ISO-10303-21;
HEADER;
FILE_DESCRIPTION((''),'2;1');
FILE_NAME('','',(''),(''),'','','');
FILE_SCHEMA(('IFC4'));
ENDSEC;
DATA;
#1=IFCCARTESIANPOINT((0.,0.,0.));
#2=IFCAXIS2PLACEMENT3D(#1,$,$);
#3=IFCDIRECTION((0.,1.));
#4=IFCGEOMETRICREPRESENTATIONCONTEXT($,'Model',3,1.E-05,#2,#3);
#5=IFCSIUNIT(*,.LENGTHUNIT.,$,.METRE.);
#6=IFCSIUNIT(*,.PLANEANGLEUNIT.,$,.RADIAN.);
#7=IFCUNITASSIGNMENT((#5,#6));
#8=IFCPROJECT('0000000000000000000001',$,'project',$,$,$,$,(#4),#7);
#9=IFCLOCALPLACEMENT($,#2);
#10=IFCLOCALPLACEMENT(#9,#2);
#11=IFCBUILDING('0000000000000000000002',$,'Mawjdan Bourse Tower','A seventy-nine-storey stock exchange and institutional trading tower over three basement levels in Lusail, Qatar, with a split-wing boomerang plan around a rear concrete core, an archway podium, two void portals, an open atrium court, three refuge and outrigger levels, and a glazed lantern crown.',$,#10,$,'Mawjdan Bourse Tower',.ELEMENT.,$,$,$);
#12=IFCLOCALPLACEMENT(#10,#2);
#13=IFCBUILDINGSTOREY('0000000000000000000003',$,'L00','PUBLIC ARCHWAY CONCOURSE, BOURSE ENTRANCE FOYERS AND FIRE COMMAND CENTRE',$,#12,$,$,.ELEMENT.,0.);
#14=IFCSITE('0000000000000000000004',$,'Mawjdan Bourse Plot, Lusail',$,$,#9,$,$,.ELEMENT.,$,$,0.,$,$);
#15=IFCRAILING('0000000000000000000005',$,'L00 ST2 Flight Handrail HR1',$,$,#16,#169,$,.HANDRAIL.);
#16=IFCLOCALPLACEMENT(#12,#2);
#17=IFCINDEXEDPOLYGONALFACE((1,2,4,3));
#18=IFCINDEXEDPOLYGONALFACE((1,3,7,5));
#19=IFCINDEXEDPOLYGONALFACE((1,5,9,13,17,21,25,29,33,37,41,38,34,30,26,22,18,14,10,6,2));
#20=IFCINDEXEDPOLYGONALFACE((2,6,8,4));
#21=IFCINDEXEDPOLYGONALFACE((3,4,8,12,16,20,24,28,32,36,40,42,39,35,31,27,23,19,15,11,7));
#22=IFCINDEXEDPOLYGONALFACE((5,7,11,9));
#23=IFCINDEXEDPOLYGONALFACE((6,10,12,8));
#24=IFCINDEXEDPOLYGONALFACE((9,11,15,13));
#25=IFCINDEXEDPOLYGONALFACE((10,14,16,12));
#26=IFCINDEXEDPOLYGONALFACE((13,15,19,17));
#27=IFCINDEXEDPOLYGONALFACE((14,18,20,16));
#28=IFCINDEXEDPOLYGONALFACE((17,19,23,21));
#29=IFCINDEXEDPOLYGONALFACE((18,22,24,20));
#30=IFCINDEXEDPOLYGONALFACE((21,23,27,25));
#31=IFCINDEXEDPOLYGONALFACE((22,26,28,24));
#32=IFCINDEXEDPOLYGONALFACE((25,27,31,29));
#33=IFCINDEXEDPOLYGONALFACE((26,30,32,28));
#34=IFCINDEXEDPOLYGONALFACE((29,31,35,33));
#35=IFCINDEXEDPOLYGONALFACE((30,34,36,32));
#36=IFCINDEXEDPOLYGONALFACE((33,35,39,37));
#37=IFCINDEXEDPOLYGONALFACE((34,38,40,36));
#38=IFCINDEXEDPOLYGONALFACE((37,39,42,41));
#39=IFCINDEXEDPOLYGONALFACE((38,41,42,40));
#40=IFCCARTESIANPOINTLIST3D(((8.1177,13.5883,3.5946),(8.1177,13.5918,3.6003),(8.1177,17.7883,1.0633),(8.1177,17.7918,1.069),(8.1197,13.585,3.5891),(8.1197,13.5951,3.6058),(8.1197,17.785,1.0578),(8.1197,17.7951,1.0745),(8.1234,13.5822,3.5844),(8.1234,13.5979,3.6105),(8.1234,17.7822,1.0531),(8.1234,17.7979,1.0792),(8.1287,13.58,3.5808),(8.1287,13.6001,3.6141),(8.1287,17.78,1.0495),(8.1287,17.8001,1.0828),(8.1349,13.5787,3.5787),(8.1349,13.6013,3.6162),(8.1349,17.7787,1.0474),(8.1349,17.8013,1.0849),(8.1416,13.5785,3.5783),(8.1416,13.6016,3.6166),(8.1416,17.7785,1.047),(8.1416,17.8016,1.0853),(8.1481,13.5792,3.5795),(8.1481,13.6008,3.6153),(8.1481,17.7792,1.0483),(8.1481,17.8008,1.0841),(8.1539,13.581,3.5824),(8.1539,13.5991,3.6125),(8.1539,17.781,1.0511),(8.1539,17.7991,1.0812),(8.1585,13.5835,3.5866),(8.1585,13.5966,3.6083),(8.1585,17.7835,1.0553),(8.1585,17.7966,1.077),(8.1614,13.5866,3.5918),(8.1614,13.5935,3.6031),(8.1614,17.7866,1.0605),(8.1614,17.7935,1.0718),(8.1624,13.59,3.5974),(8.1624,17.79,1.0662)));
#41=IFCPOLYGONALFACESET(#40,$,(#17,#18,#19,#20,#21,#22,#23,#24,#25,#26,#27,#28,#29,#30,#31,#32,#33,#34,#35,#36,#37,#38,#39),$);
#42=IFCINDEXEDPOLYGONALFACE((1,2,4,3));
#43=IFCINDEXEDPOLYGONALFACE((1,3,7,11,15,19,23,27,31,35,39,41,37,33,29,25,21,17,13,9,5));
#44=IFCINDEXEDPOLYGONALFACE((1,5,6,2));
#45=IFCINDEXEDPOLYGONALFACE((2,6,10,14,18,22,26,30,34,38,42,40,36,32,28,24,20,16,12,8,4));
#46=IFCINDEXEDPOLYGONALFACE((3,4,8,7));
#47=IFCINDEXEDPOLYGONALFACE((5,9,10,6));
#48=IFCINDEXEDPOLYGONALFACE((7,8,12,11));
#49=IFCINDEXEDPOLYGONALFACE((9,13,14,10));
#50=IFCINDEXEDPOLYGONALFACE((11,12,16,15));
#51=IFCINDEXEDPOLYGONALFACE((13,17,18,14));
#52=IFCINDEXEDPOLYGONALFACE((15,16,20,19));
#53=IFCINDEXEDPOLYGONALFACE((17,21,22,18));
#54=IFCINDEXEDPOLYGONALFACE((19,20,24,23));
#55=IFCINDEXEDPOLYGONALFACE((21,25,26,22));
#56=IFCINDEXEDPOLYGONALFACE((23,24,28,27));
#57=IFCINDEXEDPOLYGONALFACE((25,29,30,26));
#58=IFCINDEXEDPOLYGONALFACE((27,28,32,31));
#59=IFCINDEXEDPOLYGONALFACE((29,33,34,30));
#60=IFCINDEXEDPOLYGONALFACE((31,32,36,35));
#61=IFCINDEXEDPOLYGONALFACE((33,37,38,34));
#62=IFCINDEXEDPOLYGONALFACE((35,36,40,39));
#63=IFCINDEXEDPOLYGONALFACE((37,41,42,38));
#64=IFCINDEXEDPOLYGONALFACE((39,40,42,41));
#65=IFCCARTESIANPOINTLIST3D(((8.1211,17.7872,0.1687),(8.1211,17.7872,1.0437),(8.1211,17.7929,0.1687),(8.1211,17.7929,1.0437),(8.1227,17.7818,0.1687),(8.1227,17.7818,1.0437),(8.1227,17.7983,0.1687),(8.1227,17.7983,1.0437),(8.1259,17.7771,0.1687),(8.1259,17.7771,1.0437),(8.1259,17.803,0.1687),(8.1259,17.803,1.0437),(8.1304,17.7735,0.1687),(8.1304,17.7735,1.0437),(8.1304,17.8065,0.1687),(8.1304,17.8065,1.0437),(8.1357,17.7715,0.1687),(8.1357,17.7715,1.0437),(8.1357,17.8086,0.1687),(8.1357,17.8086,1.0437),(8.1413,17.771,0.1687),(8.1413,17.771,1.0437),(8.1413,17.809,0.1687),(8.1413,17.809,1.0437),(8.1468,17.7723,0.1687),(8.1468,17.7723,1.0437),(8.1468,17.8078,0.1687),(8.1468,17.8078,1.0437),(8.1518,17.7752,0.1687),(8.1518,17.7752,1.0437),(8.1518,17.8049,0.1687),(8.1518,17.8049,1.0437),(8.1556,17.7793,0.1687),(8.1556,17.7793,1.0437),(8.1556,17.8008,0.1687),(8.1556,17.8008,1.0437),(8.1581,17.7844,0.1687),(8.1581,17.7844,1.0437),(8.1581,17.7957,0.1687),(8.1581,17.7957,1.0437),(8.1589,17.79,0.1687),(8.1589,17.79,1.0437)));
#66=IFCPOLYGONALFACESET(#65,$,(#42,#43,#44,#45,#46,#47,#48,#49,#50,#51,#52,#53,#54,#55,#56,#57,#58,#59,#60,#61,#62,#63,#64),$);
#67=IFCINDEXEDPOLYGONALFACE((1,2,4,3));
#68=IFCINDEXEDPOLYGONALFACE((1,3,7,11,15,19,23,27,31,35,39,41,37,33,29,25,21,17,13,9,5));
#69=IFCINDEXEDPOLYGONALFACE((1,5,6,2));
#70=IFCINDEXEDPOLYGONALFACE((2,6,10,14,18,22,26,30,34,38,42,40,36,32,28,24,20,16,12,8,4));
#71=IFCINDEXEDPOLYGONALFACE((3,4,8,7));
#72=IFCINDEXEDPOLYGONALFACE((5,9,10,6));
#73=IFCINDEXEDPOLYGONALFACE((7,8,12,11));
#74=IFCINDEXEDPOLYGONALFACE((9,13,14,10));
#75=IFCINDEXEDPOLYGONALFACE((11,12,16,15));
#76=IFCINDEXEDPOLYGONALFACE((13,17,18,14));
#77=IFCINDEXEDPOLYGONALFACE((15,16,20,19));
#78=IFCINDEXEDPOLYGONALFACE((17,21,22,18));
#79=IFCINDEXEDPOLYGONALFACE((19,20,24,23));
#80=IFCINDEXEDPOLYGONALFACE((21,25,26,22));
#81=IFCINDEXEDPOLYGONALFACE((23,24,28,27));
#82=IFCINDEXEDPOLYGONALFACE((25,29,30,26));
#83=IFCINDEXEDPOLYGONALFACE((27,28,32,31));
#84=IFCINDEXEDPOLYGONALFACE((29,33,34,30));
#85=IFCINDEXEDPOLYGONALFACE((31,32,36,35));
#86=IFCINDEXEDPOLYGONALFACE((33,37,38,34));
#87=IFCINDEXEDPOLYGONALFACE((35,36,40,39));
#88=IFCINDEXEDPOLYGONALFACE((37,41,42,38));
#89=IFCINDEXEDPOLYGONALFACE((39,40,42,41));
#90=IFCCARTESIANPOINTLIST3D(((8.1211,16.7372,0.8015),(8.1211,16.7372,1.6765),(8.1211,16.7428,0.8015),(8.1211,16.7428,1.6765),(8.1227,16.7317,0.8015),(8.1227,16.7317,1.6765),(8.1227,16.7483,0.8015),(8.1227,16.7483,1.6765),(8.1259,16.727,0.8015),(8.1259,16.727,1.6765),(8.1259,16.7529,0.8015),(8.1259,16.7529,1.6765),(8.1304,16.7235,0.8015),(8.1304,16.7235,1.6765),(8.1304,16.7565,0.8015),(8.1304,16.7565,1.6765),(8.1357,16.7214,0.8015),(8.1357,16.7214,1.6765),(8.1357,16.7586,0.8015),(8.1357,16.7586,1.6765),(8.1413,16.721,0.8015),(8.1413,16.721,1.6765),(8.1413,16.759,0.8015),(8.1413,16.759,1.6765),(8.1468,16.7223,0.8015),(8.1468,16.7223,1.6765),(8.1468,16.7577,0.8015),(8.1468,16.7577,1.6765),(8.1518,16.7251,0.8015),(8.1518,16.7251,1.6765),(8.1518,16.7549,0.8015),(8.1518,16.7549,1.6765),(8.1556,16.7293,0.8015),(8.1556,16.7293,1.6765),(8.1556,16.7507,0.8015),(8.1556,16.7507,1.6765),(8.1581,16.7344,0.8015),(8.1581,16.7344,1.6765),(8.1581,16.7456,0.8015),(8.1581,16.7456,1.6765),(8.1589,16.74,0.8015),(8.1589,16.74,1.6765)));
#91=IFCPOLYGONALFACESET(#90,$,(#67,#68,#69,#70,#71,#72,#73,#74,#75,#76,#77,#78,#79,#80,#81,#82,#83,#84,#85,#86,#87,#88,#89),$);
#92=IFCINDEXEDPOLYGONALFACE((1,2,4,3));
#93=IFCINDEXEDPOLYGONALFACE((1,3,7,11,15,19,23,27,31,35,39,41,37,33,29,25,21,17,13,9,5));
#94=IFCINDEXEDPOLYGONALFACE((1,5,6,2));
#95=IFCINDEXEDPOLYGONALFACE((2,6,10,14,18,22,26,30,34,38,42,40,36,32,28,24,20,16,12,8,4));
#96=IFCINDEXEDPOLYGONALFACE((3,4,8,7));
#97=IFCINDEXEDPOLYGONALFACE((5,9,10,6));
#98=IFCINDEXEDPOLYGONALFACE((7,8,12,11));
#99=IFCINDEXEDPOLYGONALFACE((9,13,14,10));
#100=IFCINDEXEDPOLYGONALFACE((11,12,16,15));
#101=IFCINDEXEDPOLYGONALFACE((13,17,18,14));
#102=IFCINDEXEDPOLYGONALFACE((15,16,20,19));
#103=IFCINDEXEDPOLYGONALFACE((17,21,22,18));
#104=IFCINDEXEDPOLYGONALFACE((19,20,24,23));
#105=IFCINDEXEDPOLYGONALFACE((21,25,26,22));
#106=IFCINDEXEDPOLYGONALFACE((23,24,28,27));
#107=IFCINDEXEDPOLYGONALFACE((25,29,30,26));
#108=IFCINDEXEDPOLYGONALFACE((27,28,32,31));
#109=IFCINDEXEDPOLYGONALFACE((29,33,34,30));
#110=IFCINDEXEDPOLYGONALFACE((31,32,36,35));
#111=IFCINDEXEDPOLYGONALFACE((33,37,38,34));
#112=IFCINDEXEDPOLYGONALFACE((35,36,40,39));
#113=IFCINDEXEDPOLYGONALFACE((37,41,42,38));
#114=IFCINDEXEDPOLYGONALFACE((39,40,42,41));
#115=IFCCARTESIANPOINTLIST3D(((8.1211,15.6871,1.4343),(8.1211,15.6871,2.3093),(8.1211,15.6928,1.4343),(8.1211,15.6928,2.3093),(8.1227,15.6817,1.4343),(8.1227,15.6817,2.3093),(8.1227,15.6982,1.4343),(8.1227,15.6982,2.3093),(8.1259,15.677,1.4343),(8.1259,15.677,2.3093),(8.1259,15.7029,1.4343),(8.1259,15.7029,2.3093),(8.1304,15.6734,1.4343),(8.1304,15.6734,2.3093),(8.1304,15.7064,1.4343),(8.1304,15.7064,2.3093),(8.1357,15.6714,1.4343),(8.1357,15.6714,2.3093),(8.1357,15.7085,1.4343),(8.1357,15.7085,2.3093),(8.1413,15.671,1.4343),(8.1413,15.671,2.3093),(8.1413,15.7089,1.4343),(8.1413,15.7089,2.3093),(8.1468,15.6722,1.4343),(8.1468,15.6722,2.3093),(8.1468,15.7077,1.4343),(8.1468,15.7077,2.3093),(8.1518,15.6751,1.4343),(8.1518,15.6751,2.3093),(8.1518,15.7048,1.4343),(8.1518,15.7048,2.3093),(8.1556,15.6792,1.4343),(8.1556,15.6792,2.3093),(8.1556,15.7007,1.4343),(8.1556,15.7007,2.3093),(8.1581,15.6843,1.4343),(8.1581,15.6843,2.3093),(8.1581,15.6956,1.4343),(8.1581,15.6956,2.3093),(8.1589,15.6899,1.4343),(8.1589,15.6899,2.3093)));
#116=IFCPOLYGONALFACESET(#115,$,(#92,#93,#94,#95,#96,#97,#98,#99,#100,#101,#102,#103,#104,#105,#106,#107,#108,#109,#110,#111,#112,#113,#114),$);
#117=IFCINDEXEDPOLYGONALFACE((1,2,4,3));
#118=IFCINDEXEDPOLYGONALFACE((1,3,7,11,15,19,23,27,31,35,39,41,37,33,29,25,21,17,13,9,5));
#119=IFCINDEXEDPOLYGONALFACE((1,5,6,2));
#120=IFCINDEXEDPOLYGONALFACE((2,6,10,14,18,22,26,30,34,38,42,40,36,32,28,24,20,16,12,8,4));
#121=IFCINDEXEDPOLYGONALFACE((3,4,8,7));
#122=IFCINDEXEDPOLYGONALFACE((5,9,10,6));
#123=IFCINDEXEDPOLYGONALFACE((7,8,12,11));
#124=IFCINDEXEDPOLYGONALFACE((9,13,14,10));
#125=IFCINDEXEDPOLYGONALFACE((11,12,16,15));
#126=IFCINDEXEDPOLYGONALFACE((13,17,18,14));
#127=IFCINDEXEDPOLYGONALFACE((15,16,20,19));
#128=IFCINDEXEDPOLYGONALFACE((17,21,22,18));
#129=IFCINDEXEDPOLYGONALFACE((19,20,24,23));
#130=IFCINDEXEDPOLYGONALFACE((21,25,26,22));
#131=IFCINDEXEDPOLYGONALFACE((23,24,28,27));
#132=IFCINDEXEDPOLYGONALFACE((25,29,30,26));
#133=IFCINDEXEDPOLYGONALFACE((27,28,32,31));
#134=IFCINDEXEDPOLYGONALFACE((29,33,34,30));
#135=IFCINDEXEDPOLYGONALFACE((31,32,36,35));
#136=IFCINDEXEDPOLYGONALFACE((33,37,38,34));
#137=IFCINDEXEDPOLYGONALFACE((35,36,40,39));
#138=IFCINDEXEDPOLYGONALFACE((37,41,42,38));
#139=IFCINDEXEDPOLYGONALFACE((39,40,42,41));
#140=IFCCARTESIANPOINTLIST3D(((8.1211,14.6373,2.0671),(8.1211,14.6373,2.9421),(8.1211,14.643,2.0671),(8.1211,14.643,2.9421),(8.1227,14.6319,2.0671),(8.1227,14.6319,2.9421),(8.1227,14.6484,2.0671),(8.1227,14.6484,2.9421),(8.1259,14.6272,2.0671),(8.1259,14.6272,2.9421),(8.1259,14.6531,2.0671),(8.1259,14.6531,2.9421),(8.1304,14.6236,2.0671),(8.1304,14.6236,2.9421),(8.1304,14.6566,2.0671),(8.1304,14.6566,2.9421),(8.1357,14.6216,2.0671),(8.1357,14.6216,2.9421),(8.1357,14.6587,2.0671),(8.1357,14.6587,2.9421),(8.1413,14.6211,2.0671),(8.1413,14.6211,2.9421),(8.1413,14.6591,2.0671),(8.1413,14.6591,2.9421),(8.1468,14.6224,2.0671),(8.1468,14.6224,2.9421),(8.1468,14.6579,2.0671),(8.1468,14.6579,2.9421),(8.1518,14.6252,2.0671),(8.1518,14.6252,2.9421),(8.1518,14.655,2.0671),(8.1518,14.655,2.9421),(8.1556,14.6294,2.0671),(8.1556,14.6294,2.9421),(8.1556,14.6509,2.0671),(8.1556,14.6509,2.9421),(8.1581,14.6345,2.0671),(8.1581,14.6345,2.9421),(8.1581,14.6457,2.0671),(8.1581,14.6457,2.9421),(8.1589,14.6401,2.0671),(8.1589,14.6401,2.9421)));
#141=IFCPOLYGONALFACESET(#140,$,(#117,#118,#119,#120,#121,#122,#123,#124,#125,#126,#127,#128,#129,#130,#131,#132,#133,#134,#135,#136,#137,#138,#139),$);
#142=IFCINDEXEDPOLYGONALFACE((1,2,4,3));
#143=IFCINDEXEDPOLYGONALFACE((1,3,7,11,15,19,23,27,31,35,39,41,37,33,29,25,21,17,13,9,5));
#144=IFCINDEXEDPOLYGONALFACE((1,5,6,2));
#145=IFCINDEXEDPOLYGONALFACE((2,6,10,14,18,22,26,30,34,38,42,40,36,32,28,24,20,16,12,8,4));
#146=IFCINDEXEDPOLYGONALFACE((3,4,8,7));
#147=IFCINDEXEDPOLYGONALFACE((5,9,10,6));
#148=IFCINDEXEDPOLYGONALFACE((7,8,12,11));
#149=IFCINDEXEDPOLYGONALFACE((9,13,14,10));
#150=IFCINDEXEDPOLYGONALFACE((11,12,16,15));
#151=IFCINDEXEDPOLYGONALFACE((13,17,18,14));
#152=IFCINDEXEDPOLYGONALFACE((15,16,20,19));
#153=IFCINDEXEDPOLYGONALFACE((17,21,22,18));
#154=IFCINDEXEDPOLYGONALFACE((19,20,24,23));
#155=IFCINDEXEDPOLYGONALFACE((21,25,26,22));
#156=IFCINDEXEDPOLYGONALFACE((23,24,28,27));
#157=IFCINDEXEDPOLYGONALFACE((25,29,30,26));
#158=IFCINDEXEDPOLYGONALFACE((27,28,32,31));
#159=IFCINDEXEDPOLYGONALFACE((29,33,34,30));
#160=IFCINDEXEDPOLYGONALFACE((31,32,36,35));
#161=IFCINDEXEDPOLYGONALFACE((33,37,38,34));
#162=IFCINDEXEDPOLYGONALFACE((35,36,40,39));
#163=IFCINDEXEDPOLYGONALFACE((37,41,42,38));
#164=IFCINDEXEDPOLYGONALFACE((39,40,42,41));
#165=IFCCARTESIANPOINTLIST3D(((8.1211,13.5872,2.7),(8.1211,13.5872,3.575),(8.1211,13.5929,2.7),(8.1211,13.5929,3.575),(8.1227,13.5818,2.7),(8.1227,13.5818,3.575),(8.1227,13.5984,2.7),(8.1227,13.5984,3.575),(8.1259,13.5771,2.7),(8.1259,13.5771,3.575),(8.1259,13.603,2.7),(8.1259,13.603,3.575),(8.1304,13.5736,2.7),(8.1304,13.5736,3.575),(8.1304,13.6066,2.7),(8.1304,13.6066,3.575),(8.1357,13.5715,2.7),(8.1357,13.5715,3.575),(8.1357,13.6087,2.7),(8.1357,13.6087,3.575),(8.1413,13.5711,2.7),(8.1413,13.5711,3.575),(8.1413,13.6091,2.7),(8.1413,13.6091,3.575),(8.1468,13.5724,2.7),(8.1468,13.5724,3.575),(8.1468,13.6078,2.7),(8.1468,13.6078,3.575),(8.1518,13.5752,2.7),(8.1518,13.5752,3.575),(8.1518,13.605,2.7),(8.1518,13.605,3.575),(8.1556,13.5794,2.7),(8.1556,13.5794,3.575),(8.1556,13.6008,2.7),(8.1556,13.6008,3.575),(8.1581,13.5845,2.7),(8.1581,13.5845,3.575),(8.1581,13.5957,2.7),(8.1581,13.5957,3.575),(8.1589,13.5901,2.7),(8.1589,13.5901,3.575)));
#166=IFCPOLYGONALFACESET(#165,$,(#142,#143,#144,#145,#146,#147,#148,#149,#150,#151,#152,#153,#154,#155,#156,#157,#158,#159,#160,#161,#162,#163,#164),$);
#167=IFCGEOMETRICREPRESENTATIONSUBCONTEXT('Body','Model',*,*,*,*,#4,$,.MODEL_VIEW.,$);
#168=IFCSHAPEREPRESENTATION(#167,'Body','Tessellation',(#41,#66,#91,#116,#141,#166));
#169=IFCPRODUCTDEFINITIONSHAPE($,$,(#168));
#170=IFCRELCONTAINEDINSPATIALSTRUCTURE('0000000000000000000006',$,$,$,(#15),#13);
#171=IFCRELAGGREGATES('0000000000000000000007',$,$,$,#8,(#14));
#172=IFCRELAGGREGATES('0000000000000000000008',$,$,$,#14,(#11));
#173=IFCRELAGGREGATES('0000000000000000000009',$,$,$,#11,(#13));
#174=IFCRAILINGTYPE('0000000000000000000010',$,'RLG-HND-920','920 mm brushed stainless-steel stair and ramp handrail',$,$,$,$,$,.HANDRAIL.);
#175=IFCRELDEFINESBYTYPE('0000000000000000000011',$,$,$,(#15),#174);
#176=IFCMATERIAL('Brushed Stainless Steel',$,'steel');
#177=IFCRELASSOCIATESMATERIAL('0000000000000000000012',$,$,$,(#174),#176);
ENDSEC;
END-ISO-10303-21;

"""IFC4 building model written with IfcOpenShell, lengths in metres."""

from ifc_helpers import new_model, si_unit, direction, frame, origin, origin_2d, place, context, subcontext, project, spatial, circle, extrude, material, type_object, element, save


model = new_model("IFC4")

# Units and contexts
model_context = context("Model", 3, precision=1e-05, world=origin(), true_north=direction((0.0, 1.0)))
body_context = subcontext(model_context, "Body", "Model", "MODEL_VIEW")
ifc_project = project(units=[si_unit("LENGTHUNIT", "METRE"), si_unit("PLANEANGLEUNIT", "RADIAN")], contexts=[model_context])

# Site, building, storey
site_placement = place(None, origin())
site = spatial("IfcSite", under=ifc_project, at=site_placement, Name="Mawjdan Bourse Plot, Lusail", CompositionType="ELEMENT", RefElevation=0.0)
building_placement = place(site_placement, origin())
building = spatial("IfcBuilding", under=site, at=building_placement, Name="Mawjdan Bourse Tower", Description="A seventy-nine-storey stock exchange and institutional trading tower over three basement levels in Lusail, Qatar, with a split-wing boomerang plan around a rear concrete core, an archway podium, two void portals, an open atrium court, three refuge and outrigger levels, and a glazed lantern crown.", LongName="Mawjdan Bourse Tower", CompositionType="ELEMENT")
storey_placement = place(building_placement, origin())
storey = spatial("IfcBuildingStorey", under=building, at=storey_placement, Name="L00", Description="PUBLIC ARCHWAY CONCOURSE, BOURSE ENTRANCE FOYERS AND FIRE COMMAND CENTRE", CompositionType="ELEMENT", Elevation=0.0)

# Railing
ifc_material_1 = material(Name="Brushed Stainless Steel", Category="steel")
railing_type_1 = type_object("IfcRailingType", Name="RLG-HND-920", Description="920 mm brushed stainless-steel stair and ramp handrail", PredefinedType="HANDRAIL", material=ifc_material_1)
railing_placement = place(storey_placement, frame((8.1399, 17.79, 0.1687)))
element("IfcRailing", 1, at=railing_placement, inside=storey, type_object=railing_type_1, Name="L00 ST2 Flight Handrail HR1", PredefinedType="HANDRAIL", context=body_context, shape_type="SweptSolid", body=[
    extrude(circle(Radius=0.0225, at=origin_2d()), frame((0.0, 0.0, 0.8975), z_axis=(0.0, -0.856476, 0.516186), x_axis=(1.0, 0.0, 0.0)), (0.0, 0.0, 1.0), 4.9038),
    extrude(circle(Radius=0.019, at=origin_2d()), origin(), (0.0, 0.0, 1.0), 0.875),
    extrude(circle(Radius=0.019, at=origin_2d()), frame((0.0, -1.05, 0.6328)), (0.0, 0.0, 1.0), 0.875),
    extrude(circle(Radius=0.019, at=origin_2d()), frame((0.0, -2.1001, 1.2656)), (0.0, 0.0, 1.0), 0.875),
    extrude(circle(Radius=0.019, at=origin_2d()), frame((0.0, -3.1499, 1.8984)), (0.0, 0.0, 1.0), 0.875),
    extrude(circle(Radius=0.019, at=origin_2d()), frame((0.0, -4.2, 2.5312)), (0.0, 0.0, 1.0), 0.875),
])

save(model, "model.ifc")
